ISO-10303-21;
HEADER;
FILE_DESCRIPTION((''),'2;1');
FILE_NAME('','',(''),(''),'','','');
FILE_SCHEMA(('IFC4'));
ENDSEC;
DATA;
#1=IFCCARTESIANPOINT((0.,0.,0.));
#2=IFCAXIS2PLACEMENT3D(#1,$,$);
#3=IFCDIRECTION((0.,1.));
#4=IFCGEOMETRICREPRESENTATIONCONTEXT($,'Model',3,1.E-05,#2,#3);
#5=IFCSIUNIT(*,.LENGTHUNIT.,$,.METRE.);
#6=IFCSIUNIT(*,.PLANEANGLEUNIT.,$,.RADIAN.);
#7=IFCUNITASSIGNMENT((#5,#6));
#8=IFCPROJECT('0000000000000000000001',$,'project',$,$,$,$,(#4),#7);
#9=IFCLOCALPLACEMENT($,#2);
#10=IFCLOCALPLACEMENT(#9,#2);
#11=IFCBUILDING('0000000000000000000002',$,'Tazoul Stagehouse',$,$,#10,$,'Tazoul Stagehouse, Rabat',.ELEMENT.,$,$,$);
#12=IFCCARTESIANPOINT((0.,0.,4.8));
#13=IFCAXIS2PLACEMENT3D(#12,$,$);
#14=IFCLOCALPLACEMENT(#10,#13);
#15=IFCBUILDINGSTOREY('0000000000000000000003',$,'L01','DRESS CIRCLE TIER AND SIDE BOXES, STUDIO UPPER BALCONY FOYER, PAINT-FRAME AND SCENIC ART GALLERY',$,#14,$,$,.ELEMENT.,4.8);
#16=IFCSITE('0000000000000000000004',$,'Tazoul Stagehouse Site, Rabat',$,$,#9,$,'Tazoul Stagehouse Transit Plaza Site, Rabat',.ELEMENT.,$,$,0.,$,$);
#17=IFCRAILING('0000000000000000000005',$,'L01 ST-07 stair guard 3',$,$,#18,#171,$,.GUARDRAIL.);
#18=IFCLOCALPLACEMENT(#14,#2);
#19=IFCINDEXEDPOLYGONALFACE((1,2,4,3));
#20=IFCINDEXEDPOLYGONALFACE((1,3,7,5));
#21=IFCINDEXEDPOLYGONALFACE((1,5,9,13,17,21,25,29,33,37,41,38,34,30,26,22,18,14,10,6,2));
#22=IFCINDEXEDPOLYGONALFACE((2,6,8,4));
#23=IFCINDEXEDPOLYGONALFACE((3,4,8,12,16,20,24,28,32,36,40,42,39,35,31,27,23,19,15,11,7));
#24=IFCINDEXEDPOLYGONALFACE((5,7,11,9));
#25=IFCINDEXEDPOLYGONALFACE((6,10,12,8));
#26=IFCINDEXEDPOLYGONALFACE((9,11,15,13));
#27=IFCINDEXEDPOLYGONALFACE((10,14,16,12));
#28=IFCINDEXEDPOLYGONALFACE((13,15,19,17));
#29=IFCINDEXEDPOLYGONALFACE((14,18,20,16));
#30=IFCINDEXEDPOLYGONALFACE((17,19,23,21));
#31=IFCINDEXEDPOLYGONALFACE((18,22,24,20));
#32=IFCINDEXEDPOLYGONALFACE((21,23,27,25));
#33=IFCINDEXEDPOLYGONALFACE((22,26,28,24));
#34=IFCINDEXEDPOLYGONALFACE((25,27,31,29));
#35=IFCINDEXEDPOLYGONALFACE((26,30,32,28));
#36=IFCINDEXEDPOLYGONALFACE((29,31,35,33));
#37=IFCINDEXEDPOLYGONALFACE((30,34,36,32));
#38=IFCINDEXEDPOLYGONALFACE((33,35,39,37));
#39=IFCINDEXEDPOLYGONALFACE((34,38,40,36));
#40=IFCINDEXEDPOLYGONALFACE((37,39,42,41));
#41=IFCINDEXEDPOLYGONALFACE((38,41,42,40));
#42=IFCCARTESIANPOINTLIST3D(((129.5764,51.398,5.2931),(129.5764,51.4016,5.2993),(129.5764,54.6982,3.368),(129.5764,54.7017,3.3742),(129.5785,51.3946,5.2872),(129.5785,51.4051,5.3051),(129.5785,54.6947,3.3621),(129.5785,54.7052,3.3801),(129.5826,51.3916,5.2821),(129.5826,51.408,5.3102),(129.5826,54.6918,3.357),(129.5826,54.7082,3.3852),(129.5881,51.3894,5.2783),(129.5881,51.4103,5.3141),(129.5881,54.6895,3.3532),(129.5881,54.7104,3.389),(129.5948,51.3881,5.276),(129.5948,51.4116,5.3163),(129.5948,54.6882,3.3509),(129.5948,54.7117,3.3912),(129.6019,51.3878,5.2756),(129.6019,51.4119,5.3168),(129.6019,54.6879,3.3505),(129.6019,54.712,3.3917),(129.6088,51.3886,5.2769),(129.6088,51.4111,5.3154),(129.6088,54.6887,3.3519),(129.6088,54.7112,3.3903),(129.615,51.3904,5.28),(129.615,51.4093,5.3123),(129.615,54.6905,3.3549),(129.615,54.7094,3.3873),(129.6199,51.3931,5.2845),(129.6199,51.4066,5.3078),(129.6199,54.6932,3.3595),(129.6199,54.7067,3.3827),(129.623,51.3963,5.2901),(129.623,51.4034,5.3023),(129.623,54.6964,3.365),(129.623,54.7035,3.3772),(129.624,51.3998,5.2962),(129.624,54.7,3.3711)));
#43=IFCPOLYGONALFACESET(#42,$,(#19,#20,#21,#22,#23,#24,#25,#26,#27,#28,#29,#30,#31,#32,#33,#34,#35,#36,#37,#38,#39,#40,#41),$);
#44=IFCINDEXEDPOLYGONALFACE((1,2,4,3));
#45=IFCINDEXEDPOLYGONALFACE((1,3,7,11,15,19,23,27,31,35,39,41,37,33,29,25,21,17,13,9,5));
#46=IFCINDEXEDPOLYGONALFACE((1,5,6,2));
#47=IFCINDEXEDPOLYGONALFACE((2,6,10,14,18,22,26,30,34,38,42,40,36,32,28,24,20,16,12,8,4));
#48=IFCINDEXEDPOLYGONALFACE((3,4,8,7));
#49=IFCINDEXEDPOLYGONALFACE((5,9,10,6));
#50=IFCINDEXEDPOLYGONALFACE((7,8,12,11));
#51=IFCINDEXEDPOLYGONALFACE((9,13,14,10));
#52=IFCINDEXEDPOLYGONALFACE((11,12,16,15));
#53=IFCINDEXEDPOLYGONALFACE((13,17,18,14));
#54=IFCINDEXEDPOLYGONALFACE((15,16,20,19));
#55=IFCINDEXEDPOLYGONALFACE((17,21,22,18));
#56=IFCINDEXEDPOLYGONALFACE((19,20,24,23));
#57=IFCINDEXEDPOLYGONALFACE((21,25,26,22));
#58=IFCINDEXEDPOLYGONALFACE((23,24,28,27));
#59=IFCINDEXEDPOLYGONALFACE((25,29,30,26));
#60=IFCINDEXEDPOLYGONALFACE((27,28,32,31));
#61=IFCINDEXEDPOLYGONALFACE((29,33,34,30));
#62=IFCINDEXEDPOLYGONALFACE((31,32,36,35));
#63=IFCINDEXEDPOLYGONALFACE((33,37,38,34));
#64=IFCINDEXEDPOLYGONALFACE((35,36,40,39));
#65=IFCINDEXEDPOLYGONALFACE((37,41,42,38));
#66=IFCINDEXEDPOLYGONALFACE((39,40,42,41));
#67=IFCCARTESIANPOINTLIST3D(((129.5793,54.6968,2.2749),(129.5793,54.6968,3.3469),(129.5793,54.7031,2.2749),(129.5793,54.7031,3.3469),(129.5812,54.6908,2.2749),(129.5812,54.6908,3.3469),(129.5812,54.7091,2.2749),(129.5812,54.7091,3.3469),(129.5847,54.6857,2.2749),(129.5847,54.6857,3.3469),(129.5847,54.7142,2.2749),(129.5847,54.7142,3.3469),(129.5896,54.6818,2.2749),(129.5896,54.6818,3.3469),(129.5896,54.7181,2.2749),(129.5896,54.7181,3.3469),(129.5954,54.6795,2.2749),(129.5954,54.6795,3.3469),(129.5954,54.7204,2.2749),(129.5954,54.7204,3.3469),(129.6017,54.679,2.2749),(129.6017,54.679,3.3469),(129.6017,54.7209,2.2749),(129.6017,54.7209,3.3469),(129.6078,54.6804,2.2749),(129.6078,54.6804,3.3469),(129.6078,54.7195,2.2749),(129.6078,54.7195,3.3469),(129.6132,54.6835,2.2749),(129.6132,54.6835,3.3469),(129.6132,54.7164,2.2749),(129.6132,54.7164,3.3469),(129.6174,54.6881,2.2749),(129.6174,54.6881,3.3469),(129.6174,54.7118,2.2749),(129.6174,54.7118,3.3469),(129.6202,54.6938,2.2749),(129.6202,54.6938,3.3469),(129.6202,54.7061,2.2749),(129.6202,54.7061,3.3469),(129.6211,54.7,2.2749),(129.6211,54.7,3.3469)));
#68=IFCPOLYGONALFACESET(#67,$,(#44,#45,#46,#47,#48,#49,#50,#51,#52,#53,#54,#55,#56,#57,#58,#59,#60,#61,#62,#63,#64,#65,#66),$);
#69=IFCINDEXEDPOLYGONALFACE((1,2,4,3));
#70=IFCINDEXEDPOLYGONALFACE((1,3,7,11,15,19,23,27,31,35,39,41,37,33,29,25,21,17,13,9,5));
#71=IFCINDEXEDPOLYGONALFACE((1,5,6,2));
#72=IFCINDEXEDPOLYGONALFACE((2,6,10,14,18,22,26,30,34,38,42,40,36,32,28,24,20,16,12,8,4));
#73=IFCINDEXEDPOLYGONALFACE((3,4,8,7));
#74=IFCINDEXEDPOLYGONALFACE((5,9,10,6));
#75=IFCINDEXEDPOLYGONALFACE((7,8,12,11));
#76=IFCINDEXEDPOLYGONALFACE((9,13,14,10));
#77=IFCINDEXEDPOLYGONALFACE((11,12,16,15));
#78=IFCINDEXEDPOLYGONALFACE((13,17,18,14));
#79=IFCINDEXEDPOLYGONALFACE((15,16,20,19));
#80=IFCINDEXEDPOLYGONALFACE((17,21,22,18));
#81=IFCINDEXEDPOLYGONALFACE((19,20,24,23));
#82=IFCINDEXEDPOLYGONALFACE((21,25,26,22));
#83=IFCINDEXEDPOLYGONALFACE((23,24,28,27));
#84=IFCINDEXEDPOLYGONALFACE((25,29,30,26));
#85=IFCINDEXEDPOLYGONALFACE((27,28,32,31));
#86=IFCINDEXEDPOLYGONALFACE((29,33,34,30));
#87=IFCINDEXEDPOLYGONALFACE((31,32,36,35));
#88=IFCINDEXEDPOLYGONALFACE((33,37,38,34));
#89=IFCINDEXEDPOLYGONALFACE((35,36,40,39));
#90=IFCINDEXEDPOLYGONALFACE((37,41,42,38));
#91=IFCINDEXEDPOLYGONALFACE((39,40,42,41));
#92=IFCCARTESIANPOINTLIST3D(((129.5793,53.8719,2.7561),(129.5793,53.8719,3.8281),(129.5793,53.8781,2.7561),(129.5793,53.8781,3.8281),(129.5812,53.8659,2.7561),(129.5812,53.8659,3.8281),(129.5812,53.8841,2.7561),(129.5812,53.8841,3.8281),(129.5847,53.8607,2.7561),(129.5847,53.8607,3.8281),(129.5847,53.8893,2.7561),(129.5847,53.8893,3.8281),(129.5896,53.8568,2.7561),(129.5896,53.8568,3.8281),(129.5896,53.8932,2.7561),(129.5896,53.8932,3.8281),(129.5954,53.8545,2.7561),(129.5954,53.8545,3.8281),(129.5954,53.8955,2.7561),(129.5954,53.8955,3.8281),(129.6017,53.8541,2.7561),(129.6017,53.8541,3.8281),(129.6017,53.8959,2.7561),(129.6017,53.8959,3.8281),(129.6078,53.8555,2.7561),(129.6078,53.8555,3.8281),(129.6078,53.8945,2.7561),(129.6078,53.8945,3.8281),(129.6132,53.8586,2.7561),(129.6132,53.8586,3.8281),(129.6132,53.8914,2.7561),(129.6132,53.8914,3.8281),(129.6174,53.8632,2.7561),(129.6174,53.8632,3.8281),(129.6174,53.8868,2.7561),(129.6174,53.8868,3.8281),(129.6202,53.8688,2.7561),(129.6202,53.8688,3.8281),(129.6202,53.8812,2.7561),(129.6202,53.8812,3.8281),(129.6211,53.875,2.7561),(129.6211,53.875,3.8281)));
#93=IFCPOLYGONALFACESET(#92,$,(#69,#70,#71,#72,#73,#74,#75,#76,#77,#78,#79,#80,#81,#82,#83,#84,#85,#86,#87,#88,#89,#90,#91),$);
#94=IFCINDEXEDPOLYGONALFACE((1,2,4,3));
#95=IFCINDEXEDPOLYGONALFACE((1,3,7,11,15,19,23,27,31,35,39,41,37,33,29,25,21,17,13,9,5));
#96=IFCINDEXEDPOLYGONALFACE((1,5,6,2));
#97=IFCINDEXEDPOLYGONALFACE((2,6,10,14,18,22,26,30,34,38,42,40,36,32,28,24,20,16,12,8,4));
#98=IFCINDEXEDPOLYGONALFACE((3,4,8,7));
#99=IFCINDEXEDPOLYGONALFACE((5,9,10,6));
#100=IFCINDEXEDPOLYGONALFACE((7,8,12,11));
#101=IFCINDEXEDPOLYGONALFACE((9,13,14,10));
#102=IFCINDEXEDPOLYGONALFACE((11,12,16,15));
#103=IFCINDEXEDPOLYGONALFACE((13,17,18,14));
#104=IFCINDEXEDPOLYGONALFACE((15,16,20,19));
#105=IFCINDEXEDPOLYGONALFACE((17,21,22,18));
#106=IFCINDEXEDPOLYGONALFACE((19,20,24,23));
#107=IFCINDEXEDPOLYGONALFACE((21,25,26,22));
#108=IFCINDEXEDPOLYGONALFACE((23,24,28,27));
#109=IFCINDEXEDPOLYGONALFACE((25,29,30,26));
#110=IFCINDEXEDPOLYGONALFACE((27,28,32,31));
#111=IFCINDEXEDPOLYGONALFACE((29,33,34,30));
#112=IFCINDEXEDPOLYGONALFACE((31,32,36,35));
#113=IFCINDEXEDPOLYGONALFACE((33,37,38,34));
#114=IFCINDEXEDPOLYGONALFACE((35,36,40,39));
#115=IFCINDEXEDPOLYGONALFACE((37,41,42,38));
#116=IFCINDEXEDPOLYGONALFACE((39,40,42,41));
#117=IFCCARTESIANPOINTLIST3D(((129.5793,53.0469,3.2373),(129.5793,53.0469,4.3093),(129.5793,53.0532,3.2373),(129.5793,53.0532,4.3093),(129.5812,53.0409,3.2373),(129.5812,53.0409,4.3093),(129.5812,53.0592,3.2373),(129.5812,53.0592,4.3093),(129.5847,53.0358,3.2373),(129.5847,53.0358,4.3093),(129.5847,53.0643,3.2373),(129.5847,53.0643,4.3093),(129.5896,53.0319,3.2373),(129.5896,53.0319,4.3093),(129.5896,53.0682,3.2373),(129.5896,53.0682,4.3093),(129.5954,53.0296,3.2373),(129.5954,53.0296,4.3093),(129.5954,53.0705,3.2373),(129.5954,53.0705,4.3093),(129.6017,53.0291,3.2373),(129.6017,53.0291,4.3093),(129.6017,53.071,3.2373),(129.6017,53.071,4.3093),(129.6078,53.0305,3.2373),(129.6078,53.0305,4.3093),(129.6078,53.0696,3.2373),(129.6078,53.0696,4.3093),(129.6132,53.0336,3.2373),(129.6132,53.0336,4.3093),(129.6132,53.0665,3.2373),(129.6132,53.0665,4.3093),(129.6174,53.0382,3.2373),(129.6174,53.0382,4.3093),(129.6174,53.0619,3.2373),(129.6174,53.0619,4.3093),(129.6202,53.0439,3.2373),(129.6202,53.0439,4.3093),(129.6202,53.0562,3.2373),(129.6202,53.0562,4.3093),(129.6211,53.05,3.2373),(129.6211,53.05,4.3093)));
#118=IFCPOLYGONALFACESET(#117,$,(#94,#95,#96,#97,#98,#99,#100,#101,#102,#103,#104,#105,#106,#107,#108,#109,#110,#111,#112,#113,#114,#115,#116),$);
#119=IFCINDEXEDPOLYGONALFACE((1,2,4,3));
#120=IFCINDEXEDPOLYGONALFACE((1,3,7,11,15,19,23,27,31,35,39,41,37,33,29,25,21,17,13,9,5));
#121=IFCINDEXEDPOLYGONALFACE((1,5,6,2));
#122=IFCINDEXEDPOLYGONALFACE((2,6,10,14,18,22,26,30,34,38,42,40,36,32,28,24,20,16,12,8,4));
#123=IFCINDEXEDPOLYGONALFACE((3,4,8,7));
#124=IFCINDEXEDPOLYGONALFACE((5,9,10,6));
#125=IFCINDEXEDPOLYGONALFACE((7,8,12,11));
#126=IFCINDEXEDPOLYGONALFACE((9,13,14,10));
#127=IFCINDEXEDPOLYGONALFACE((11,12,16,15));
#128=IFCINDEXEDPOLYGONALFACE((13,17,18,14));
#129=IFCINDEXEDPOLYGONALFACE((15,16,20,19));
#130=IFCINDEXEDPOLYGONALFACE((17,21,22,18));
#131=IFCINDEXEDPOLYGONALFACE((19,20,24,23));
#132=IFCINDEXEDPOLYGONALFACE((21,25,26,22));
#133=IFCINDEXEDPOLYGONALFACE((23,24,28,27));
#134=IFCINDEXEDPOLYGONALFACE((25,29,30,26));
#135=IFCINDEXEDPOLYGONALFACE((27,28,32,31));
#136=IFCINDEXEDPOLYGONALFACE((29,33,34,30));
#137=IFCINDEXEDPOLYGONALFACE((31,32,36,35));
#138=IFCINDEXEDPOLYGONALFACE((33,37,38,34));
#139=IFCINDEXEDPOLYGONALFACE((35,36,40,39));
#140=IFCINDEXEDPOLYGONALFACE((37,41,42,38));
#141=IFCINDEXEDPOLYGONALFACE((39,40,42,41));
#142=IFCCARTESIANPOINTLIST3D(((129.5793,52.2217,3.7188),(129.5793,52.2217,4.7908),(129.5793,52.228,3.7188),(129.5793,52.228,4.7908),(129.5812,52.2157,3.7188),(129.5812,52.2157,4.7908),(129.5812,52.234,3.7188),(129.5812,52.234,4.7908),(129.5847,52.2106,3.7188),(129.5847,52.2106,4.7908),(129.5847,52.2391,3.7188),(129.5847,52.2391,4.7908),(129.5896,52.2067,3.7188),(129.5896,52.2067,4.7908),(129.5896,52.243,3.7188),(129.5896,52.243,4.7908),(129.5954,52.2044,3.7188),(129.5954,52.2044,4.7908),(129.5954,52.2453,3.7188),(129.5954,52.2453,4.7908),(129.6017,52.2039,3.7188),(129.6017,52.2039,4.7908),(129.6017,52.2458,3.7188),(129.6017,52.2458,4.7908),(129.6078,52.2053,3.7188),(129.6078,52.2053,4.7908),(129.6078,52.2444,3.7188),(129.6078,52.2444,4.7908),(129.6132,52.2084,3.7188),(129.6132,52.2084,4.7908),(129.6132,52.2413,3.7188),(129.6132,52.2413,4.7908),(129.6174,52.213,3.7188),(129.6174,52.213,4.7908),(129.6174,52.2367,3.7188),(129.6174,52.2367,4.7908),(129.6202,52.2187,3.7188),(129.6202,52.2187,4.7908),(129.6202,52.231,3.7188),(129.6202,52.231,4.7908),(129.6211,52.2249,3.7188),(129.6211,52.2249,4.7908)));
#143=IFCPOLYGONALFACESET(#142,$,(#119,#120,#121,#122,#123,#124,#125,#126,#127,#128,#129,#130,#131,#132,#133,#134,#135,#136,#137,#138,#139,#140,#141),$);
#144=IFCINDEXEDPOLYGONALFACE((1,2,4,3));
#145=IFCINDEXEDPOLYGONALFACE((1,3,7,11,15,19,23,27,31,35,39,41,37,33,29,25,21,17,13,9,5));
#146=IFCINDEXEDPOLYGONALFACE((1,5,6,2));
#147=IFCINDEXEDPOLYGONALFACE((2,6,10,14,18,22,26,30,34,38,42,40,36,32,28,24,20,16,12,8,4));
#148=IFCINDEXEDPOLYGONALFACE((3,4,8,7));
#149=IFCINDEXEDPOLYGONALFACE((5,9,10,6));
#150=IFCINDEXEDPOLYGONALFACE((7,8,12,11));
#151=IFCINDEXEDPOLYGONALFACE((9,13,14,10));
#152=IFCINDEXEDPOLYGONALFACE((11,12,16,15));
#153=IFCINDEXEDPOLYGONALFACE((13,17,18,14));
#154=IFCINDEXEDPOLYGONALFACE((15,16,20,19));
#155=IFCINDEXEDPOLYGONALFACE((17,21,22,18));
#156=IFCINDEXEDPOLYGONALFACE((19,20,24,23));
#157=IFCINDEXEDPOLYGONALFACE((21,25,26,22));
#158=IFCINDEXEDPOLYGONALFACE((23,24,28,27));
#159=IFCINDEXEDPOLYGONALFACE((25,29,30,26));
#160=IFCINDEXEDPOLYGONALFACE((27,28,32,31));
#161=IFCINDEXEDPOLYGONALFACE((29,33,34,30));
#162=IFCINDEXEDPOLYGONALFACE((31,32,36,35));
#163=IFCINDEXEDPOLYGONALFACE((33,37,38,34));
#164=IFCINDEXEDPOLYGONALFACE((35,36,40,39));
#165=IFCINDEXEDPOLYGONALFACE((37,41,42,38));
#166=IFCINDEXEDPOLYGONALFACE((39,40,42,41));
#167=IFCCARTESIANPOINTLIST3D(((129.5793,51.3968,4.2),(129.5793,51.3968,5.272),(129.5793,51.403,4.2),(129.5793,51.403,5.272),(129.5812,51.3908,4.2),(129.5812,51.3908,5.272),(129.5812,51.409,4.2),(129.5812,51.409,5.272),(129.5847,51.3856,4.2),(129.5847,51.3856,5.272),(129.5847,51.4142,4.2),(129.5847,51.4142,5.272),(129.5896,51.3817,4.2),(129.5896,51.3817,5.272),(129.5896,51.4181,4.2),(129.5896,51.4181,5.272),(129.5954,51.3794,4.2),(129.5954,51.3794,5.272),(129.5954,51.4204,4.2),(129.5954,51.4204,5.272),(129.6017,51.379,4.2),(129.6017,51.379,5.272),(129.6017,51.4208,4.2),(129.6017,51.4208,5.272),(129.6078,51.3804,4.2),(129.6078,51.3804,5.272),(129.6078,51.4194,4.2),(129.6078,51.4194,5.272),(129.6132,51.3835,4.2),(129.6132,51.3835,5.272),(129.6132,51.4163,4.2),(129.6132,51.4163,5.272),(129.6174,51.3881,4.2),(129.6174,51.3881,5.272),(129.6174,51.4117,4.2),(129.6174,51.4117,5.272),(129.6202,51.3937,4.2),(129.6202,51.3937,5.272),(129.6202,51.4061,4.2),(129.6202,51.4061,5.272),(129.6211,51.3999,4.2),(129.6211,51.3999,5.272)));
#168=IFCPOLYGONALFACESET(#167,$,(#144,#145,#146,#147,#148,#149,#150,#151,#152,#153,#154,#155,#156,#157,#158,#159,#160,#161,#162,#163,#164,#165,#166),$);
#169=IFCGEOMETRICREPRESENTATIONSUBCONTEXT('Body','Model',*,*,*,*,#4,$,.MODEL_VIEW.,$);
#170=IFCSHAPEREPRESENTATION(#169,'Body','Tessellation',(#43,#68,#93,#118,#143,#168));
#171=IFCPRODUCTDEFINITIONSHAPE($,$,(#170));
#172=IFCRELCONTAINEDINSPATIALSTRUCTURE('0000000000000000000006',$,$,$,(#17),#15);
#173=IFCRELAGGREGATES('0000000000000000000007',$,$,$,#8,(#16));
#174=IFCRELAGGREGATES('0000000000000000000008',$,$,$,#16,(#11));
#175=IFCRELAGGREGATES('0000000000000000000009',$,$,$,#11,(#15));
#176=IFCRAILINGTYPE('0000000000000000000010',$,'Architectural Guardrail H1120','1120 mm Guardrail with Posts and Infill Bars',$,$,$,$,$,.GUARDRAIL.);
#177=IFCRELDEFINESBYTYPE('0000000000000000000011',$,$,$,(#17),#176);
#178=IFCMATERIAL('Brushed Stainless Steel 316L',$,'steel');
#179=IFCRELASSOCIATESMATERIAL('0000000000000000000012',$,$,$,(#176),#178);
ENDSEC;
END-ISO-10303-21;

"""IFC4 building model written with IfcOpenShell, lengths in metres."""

from ifc_helpers import new_model, si_unit, direction, frame, origin, origin_2d, place, context, subcontext, project, spatial, circle, extrude, material, material_profile, profile_set, type_object, element, save


model = new_model("IFC4")

# Units and contexts
model_context = context("Model", 3, precision=1e-05, world=origin(), true_north=direction((0.0, 1.0)))
body_context = subcontext(model_context, "Body", "Model", "MODEL_VIEW")
ifc_project = project(units=[si_unit("LENGTHUNIT", "METRE"), si_unit("PLANEANGLEUNIT", "RADIAN")], contexts=[model_context])

# Site, building, storey
site_placement = place(None, origin())
site = spatial("IfcSite", under=ifc_project, at=site_placement, Name="Tazoul Stagehouse Site, Rabat", LongName="Tazoul Stagehouse Transit Plaza Site, Rabat", CompositionType="ELEMENT", RefElevation=0.0)
building_placement = place(site_placement, origin())
building = spatial("IfcBuilding", under=site, at=building_placement, Name="Tazoul Stagehouse", LongName="Tazoul Stagehouse, Rabat", CompositionType="ELEMENT")
storey_placement = place(building_placement, frame((0.0, 0.0, 4.8)))
storey = spatial("IfcBuildingStorey", under=building, at=storey_placement, Name="L01", Description="DRESS CIRCLE TIER AND SIDE BOXES, STUDIO UPPER BALCONY FOYER, PAINT-FRAME AND SCENIC ART GALLERY", CompositionType="ELEMENT", Elevation=4.8)

# Railing
ifc_material_1 = material(Name="Brushed Stainless Steel 316L", Category="steel")
ifc_material_profile_1 = material_profile(ifc_material_1, circle(Radius=0.0239, at=origin_2d()), Name="SS RAIL D48")
ifc_profile_set_1 = profile_set([ifc_material_profile_1], Name="Brushed Stainless Steel 316L")
railing_type_1 = type_object("IfcRailingType", Name="Architectural Guardrail H1120", Description="1120 mm Guardrail with Posts and Infill Bars", PredefinedType="GUARDRAIL", material=ifc_profile_set_1)
railing_1_placement = place(storey_placement, frame((129.6001, 54.7, 2.2749)))
element("IfcRailing", 1, at=railing_1_placement, inside=storey, type_object=railing_type_1, Name="L01 ST-07 stair guard 3", PredefinedType="GUARDRAIL", context=body_context, shape_type="SweptSolid", body=[
    extrude(circle(Radius=0.0239, at=origin_2d()), frame((0.0, 0.0, 1.0962), z_axis=(0.0, -0.863777, 0.503875), x_axis=(1.0, 0.0, 0.0)), (0.0, 0.0, 1.0), 3.8206),
    extrude(circle(Radius=0.021, at=origin_2d()), origin(), (0.0, 0.0, 1.0), 1.072),
    extrude(circle(Radius=0.021, at=origin_2d()), frame((0.0, -0.825, 0.4812)), (0.0, 0.0, 1.0), 1.072),
    extrude(circle(Radius=0.021, at=origin_2d()), frame((0.0, -1.6499, 0.9624)), (0.0, 0.0, 1.0), 1.072),
    extrude(circle(Radius=0.021, at=origin_2d()), frame((0.0, -2.4751, 1.4438)), (0.0, 0.0, 1.0), 1.072),
    extrude(circle(Radius=0.021, at=origin_2d()), frame((0.0, -3.3, 1.925)), (0.0, 0.0, 1.0), 1.072),
])

save(model, "model.ifc")
